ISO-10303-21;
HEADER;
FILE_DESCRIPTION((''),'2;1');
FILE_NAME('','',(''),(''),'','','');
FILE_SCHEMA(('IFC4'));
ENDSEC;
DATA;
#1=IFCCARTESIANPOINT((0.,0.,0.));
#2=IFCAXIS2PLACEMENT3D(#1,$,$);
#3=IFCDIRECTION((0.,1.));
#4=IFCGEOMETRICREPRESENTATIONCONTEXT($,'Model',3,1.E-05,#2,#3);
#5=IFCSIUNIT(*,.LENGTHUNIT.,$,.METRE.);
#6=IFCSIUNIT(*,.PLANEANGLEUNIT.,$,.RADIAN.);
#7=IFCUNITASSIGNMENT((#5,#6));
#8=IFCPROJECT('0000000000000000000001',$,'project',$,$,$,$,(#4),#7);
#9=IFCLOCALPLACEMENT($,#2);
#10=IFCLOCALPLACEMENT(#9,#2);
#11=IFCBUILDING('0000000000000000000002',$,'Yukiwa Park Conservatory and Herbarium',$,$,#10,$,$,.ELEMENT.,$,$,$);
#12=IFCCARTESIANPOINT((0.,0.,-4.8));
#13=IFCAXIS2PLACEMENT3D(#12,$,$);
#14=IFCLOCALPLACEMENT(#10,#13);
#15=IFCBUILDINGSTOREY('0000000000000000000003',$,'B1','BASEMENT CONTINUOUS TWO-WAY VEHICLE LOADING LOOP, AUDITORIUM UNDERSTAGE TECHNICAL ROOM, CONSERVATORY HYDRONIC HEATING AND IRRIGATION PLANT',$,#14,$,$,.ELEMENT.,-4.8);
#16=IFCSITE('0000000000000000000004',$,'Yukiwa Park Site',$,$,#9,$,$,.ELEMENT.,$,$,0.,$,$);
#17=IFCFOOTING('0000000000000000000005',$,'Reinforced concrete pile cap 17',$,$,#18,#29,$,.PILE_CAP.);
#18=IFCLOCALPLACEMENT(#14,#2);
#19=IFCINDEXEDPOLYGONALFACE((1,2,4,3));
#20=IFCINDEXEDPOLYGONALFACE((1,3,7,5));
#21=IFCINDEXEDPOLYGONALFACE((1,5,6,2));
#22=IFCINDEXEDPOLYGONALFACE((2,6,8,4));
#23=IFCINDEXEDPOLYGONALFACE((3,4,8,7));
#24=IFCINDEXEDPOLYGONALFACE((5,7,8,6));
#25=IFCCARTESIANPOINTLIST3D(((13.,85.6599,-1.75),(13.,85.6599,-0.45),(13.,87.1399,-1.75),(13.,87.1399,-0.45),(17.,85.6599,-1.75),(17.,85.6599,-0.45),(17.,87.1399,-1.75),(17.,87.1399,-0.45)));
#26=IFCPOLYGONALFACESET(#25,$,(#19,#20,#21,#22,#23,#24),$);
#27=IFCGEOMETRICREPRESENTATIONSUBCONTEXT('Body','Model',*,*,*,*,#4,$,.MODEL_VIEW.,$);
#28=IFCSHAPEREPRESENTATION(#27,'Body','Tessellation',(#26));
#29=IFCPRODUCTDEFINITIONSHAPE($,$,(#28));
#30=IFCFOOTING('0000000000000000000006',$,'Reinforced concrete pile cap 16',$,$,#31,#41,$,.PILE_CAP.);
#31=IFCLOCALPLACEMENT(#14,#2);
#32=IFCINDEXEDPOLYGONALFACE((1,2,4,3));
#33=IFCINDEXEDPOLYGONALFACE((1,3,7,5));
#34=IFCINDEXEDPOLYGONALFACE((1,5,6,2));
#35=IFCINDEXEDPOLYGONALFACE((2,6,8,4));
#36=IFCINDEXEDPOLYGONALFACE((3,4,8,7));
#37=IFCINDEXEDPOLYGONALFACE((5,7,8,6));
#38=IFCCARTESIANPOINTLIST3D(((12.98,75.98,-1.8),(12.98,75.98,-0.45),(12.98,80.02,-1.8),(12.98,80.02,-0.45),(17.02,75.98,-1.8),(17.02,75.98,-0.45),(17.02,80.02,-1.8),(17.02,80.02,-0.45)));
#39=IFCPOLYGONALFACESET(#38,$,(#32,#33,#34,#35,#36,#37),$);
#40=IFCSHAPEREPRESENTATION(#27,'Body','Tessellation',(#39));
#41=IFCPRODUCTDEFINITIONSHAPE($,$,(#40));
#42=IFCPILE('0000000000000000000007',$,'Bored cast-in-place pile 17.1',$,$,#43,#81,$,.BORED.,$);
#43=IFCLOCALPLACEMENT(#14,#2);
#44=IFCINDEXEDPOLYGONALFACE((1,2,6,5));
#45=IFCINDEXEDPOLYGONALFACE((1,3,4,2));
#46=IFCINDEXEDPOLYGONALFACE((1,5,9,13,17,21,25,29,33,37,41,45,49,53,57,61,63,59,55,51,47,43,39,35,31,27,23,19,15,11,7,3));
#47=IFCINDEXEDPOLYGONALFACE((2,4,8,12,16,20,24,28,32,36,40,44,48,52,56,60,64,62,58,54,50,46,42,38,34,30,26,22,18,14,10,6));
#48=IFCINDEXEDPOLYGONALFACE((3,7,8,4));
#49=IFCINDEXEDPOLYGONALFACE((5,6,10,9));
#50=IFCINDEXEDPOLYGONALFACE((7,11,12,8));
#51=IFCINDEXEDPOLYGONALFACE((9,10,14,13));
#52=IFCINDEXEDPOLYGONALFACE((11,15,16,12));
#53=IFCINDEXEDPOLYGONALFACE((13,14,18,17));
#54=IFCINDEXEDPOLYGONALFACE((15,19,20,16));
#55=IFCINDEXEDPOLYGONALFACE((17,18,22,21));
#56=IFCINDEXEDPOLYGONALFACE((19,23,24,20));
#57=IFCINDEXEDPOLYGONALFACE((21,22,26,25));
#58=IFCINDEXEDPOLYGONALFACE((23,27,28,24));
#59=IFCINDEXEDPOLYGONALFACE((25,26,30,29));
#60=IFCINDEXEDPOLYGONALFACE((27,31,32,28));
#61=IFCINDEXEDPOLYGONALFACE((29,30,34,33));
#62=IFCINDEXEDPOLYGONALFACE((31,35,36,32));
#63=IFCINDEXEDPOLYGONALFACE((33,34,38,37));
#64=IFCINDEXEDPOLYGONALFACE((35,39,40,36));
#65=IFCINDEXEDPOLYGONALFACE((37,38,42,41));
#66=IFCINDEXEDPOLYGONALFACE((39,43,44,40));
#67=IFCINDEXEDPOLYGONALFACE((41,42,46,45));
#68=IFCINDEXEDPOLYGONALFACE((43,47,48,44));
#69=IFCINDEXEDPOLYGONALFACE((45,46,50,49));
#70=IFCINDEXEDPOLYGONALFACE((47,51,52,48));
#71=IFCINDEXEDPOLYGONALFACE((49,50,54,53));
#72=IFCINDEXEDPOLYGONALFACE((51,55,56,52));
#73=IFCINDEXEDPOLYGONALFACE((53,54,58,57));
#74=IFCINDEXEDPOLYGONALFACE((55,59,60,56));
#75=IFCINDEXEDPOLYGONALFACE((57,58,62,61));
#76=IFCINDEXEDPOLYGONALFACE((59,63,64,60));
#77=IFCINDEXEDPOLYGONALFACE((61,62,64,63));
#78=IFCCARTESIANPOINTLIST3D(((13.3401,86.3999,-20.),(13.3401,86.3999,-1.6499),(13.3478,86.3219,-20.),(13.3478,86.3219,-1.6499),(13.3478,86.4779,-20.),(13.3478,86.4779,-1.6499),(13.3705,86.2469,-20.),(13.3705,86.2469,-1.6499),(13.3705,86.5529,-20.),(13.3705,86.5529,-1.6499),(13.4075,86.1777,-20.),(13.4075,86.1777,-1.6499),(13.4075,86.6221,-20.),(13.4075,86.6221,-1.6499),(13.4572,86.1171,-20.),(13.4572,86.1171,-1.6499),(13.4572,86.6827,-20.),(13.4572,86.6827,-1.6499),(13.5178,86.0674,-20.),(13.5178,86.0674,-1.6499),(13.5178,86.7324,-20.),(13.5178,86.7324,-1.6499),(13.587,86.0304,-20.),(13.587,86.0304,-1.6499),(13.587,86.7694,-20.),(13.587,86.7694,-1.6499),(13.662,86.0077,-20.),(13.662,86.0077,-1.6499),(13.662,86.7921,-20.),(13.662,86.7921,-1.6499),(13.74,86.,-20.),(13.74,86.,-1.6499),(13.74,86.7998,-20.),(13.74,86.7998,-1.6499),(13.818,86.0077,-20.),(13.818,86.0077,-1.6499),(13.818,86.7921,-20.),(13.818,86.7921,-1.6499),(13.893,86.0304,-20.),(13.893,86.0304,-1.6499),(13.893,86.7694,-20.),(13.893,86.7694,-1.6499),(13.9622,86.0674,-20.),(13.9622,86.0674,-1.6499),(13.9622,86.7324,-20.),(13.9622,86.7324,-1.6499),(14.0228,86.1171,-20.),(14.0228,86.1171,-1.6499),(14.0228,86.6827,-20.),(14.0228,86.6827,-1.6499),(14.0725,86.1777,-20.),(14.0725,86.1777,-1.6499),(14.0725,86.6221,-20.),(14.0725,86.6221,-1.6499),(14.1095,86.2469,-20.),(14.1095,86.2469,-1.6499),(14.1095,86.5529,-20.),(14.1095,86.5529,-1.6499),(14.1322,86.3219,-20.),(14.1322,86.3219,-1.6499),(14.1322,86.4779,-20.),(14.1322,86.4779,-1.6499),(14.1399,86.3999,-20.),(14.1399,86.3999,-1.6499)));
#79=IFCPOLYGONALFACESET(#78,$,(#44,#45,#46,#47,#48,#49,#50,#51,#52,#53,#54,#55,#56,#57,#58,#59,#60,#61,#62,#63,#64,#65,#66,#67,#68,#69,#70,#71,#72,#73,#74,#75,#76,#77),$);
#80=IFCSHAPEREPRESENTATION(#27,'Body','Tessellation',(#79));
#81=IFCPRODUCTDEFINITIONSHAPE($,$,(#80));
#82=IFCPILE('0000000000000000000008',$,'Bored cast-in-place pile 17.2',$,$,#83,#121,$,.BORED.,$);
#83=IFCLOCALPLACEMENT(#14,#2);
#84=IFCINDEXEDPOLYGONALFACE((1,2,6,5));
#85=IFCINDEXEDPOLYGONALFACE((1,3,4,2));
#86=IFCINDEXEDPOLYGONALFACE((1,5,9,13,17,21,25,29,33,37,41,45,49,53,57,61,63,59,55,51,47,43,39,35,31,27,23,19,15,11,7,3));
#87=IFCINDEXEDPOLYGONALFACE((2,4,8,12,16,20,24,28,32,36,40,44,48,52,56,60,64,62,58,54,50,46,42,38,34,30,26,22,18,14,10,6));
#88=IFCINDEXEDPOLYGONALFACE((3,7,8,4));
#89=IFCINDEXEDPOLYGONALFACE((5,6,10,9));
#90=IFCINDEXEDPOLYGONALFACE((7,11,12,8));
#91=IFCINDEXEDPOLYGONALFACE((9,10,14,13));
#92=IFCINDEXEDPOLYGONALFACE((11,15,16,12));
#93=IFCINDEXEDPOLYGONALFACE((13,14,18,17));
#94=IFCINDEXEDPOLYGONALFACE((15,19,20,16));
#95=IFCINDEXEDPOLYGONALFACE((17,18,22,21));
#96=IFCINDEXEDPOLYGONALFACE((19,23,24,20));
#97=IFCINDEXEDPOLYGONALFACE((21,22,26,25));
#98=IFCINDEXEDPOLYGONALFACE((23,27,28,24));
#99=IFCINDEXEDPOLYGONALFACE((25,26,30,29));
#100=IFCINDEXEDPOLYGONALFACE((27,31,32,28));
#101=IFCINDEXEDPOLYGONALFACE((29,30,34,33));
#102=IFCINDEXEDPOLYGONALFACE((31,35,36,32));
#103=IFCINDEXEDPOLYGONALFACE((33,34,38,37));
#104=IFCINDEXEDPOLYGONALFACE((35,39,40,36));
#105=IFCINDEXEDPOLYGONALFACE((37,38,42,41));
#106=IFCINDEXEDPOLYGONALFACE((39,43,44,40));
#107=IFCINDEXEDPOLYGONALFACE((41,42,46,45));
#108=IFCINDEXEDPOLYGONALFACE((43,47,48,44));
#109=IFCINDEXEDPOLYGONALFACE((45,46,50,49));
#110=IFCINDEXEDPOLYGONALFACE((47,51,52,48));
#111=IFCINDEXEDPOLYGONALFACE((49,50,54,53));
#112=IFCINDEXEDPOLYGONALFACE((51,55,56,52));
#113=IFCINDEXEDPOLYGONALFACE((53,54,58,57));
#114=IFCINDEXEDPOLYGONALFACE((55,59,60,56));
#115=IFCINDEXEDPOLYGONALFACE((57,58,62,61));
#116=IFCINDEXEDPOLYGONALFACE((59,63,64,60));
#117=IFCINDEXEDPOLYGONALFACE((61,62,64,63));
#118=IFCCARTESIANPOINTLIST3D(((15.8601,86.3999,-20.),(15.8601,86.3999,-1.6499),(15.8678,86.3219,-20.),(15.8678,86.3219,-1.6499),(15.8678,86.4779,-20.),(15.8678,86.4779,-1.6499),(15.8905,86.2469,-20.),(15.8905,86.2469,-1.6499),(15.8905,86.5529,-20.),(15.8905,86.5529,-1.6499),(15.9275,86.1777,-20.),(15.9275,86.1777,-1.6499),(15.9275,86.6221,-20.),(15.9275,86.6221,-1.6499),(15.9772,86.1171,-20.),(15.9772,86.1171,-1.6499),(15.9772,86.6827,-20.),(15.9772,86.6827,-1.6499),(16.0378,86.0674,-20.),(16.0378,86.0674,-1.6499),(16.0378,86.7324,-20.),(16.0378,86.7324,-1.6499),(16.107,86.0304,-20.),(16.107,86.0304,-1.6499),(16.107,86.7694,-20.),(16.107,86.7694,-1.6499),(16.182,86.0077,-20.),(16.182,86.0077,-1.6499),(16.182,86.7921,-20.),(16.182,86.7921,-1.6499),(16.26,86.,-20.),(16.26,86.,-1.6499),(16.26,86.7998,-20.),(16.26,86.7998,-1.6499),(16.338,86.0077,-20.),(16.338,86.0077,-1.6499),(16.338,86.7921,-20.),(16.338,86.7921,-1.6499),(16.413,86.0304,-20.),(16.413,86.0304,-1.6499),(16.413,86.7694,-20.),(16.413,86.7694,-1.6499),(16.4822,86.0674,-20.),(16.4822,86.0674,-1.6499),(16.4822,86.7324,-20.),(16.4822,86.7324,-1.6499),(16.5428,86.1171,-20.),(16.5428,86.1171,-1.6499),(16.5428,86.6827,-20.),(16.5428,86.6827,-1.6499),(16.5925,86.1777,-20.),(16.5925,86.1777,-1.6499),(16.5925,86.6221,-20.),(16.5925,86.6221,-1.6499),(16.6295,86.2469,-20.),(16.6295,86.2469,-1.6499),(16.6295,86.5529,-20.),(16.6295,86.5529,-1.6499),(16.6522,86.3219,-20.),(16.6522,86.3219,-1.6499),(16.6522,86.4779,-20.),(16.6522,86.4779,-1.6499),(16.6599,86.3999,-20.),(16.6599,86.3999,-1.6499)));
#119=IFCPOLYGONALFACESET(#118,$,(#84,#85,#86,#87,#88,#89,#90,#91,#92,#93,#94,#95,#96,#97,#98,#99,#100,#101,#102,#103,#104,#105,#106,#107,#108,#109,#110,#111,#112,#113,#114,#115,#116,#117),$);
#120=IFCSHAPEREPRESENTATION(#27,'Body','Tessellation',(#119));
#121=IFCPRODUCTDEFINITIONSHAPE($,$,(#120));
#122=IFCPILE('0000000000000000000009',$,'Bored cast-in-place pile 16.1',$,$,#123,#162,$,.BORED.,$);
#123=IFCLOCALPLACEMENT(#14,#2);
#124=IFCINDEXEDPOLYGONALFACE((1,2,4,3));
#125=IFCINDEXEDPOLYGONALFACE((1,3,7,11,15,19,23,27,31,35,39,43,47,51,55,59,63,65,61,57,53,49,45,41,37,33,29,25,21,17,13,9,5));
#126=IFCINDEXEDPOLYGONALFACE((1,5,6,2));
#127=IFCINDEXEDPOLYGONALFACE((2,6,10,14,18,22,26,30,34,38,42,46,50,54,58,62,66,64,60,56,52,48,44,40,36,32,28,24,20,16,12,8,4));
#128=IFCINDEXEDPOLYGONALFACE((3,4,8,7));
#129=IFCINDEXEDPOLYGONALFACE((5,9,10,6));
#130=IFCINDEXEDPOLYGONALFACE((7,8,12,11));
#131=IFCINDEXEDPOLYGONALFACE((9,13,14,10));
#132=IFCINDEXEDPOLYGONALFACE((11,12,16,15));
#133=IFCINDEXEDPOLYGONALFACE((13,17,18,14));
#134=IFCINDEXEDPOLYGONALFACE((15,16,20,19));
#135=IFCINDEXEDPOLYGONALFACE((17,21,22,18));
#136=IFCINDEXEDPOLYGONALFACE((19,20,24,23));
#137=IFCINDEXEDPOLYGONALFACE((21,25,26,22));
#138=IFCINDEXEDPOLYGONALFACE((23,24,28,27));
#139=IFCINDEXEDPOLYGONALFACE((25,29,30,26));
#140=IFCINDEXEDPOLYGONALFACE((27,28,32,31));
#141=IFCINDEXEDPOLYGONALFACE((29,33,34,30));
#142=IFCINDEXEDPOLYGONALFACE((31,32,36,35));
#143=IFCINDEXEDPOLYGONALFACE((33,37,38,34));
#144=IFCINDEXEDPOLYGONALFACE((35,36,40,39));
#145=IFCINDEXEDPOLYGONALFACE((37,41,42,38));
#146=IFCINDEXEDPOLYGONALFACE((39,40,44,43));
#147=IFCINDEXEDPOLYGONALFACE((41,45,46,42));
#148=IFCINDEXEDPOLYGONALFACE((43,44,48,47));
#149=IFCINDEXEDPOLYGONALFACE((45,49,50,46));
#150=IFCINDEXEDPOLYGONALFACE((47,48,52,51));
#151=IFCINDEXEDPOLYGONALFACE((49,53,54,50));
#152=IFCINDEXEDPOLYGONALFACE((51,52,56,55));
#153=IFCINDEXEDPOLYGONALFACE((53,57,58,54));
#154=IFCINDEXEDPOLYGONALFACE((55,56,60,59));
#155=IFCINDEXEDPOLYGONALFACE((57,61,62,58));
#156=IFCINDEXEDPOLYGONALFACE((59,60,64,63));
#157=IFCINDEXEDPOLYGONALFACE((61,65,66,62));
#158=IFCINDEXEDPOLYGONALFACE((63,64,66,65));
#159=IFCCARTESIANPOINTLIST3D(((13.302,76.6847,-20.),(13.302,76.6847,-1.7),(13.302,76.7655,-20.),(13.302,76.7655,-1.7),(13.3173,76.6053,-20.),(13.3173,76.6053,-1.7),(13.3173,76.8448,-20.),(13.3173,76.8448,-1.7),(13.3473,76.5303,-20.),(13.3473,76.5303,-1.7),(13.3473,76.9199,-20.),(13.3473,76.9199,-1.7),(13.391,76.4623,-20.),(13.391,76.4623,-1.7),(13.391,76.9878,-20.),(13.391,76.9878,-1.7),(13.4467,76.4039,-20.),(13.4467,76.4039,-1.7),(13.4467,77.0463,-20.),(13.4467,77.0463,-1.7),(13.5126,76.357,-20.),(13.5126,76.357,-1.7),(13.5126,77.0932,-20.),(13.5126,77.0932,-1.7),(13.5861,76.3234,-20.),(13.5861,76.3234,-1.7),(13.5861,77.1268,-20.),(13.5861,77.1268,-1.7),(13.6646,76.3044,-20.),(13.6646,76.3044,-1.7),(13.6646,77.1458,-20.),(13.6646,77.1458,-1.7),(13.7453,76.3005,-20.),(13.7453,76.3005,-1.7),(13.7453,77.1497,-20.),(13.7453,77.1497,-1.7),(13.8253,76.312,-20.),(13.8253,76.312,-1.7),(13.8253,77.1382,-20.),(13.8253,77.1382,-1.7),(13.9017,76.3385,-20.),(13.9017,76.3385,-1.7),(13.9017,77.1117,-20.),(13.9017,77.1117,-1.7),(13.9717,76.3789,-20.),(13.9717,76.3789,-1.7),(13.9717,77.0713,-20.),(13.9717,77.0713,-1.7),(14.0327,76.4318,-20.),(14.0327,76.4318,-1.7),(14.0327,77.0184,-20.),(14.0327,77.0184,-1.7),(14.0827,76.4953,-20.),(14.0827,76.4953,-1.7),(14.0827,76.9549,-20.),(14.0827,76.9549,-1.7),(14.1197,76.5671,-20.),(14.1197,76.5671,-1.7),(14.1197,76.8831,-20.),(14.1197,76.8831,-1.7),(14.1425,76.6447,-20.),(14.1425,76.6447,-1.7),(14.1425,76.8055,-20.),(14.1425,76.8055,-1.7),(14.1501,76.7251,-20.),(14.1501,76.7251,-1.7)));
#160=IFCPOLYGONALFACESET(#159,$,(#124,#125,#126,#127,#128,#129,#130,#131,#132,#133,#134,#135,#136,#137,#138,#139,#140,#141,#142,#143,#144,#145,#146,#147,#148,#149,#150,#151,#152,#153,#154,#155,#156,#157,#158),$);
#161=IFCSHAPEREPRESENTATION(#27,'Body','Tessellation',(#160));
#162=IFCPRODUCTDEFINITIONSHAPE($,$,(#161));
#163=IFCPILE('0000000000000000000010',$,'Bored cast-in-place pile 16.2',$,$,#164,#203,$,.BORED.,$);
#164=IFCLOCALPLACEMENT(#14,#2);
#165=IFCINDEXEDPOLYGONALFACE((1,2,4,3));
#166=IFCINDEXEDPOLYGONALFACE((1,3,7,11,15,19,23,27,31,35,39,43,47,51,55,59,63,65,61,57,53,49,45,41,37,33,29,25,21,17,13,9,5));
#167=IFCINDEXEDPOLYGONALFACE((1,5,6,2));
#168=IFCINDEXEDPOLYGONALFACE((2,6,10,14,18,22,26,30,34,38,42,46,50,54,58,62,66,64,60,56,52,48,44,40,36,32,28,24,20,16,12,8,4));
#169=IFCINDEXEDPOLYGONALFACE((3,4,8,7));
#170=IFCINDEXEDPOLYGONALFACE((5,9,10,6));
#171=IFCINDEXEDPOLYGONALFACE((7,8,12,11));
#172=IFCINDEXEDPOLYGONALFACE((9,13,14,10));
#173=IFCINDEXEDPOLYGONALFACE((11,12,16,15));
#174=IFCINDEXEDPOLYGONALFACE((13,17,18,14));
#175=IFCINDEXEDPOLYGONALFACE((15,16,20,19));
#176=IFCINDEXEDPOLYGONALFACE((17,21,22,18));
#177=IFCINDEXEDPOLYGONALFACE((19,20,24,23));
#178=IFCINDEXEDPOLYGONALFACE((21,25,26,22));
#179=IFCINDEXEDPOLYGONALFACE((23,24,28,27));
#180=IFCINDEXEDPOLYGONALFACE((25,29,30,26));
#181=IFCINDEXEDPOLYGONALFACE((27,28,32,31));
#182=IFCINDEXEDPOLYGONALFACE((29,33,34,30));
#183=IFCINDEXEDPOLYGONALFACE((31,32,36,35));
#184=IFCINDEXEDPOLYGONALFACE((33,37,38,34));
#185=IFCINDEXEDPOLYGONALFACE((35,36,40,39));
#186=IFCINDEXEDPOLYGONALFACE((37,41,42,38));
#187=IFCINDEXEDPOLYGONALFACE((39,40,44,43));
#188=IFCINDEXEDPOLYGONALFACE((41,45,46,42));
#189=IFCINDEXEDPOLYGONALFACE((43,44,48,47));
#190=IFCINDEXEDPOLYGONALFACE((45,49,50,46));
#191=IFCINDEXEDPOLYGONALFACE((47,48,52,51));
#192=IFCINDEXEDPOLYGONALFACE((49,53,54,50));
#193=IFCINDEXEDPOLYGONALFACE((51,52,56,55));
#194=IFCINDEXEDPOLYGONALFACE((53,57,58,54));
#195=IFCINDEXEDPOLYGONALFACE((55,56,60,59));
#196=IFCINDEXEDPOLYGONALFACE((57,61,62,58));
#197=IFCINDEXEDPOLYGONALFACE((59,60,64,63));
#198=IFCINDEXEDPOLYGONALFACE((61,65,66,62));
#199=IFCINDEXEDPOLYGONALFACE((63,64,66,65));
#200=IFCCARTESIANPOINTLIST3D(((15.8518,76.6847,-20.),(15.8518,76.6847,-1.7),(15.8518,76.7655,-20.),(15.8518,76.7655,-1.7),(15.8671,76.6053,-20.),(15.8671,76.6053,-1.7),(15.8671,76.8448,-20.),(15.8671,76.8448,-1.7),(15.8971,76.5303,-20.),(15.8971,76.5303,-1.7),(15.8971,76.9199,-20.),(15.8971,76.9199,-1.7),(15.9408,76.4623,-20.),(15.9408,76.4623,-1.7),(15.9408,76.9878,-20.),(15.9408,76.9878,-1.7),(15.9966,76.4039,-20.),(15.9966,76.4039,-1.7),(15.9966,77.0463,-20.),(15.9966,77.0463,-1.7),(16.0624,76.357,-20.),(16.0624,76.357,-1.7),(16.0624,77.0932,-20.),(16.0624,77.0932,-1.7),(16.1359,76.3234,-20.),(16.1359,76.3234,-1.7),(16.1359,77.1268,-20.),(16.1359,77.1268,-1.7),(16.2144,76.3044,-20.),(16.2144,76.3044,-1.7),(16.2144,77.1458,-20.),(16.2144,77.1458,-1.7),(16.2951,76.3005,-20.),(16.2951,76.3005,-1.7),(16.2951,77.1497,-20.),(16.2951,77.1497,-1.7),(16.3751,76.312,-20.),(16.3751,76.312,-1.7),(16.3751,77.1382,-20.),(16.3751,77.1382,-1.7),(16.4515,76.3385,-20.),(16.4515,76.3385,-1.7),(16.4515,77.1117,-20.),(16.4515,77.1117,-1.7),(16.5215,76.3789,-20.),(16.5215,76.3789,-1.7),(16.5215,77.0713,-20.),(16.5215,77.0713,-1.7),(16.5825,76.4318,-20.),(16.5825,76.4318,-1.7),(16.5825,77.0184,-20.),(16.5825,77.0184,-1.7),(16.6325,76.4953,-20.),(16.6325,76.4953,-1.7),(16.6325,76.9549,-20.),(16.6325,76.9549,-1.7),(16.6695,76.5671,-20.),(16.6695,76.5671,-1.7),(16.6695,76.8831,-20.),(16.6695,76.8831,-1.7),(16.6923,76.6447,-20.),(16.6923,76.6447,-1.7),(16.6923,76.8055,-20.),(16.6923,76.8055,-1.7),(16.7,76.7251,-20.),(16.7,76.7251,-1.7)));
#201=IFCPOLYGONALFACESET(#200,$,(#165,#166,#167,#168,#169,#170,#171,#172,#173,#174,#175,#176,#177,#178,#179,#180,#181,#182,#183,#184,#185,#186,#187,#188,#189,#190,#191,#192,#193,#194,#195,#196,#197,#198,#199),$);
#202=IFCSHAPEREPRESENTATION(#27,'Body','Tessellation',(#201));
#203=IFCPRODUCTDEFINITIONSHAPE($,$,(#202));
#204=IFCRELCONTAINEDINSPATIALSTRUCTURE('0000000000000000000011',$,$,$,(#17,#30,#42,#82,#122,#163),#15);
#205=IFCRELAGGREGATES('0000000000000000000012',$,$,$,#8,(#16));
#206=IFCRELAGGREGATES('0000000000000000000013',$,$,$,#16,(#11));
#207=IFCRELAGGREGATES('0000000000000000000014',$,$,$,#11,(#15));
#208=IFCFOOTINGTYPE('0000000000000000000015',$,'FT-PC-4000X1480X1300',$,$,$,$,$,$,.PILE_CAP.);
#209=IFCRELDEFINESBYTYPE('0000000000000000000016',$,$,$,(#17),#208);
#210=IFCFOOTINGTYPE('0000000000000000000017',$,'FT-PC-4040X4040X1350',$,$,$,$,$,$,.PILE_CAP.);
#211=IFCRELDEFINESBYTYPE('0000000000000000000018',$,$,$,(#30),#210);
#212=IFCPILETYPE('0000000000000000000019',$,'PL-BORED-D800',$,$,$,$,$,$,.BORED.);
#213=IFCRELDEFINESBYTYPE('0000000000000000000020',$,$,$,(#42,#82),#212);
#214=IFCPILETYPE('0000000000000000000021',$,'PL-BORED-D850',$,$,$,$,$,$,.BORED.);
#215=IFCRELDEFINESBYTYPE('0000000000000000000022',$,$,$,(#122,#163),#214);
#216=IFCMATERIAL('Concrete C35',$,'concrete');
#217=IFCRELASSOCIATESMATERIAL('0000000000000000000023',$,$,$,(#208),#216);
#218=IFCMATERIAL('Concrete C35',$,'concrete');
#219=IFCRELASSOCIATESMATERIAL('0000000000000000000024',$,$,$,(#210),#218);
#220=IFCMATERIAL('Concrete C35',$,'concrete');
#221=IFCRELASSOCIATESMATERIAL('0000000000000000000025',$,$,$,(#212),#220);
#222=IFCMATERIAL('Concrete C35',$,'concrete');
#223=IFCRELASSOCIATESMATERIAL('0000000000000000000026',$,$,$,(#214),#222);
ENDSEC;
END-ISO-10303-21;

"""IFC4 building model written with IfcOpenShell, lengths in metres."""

from ifc_helpers import new_model, si_unit, direction, frame, origin, origin_2d, place, context, subcontext, project, spatial, rectangle, circle, extrude, material, material_profile, profile_set, type_object, element, save


model = new_model("IFC4")

# Units and contexts
model_context = context("Model", 3, precision=1e-05, world=origin(), true_north=direction((0.0, 1.0)))
body_context = subcontext(model_context, "Body", "Model", "MODEL_VIEW")
ifc_project = project(units=[si_unit("LENGTHUNIT", "METRE"), si_unit("PLANEANGLEUNIT", "RADIAN")], contexts=[model_context])

# Site, building, storey
site_placement = place(None, origin())
site = spatial("IfcSite", under=ifc_project, at=site_placement, Name="Yukiwa Park Site", CompositionType="ELEMENT", RefElevation=0.0)
building_placement = place(site_placement, origin())
building = spatial("IfcBuilding", under=site, at=building_placement, Name="Yukiwa Park Conservatory and Herbarium", CompositionType="ELEMENT")
storey_placement = place(building_placement, frame((0.0, 0.0, -4.8)))
storey = spatial("IfcBuildingStorey", under=building, at=storey_placement, Name="B1", Description="BASEMENT CONTINUOUS TWO-WAY VEHICLE LOADING LOOP, AUDITORIUM UNDERSTAGE TECHNICAL ROOM, CONSERVATORY HYDRONIC HEATING AND IRRIGATION PLANT", CompositionType="ELEMENT", Elevation=-4.8)

# Footings
ifc_material_1 = material(Name="Concrete C35", Category="concrete")
footing_type_1 = type_object("IfcFootingType", Name="FT-PC-4000X1480X1300", PredefinedType="PILE_CAP", material=ifc_material_1)
footing_1_placement = place(storey_placement, frame((15.0, 86.3999, -1.75), z_axis=(0.0, 0.0, 1.0), x_axis=(1.0, 0.0, 0.0)))
element("IfcFooting", 1, at=footing_1_placement, inside=storey, type_object=footing_type_1, Name="Reinforced concrete pile cap 17", PredefinedType="PILE_CAP", context=body_context, shape_type="SweptSolid", body=[
    extrude(rectangle(XDim=4.0, YDim=1.48, at=origin_2d()), origin(), (0.0, 0.0, 1.0), 1.3),
])
ifc_material_2 = material(Name="Concrete C35", Category="concrete")
footing_type_2 = type_object("IfcFootingType", Name="FT-PC-4040X4040X1350", PredefinedType="PILE_CAP", material=ifc_material_2)
footing_2_placement = place(storey_placement, frame((15.0, 78.0, -1.8), z_axis=(0.0, 0.0, 1.0), x_axis=(1.0, 0.0, 0.0)))
element("IfcFooting", 2, at=footing_2_placement, inside=storey, type_object=footing_type_2, Name="Reinforced concrete pile cap 16", PredefinedType="PILE_CAP", context=body_context, shape_type="SweptSolid", body=[
    extrude(rectangle(XDim=4.04, YDim=4.04, at=origin_2d()), origin(), (0.0, 0.0, 1.0), 1.3501),
])

# Piles
ifc_material_3 = material(Name="Concrete C35", Category="concrete")
ifc_material_profile_1 = material_profile(ifc_material_3, circle(Radius=0.3999, at=origin_2d()), Name="PILE D800")
ifc_profile_set_1 = profile_set([ifc_material_profile_1], Name="Concrete C35")
pile_type_1 = type_object("IfcPileType", Name="PL-BORED-D800", PredefinedType="BORED", material=ifc_profile_set_1)
for number, where, z_axis, x_axis, name in (
    (3, (13.74, 86.3999, -1.6499), (0.0, 0.0, -1.0), (1.0, 0.0, 0.0), "Bored cast-in-place pile 17.1"),
    (4, (16.26, 86.3999, -1.6499), (0.0, 0.0, -1.0), (1.0, 0.0, 0.0), "Bored cast-in-place pile 17.2"),
):
    element("IfcPile", number, at=place(storey_placement, frame(where, z_axis=z_axis, x_axis=x_axis)), inside=storey, type_object=pile_type_1, Name=name, PredefinedType="BORED", context=body_context, shape_type="SweptSolid", body=[
        extrude(circle(Radius=0.3999, at=origin_2d()), origin(), (0.0, 0.0, 1.0), 18.3501),
    ])
ifc_material_4 = material(Name="Concrete C35", Category="concrete")
ifc_material_profile_2 = material_profile(ifc_material_4, circle(Radius=0.425, at=origin_2d()), Name="PILE D850")
ifc_profile_set_2 = profile_set([ifc_material_profile_2], Name="Concrete C35")
pile_type_2 = type_object("IfcPileType", Name="PL-BORED-D850", PredefinedType="BORED", material=ifc_profile_set_2)
for number, where, z_axis, x_axis, name in (
    (5, (13.7251, 76.7251, -1.7), (0.0, 0.0, -1.0), (1.0, 0.0, 0.0), "Bored cast-in-place pile 16.1"),
    (6, (16.2749, 76.7251, -1.7), (0.0, 0.0, -1.0), (1.0, 0.0, 0.0), "Bored cast-in-place pile 16.2"),
):
    element("IfcPile", number, at=place(storey_placement, frame(where, z_axis=z_axis, x_axis=x_axis)), inside=storey, type_object=pile_type_2, Name=name, PredefinedType="BORED", context=body_context, shape_type="SweptSolid", body=[
        extrude(circle(Radius=0.425, at=origin_2d()), origin(), (0.0, 0.0, 1.0), 18.3),
    ])

save(model, "model.ifc")
